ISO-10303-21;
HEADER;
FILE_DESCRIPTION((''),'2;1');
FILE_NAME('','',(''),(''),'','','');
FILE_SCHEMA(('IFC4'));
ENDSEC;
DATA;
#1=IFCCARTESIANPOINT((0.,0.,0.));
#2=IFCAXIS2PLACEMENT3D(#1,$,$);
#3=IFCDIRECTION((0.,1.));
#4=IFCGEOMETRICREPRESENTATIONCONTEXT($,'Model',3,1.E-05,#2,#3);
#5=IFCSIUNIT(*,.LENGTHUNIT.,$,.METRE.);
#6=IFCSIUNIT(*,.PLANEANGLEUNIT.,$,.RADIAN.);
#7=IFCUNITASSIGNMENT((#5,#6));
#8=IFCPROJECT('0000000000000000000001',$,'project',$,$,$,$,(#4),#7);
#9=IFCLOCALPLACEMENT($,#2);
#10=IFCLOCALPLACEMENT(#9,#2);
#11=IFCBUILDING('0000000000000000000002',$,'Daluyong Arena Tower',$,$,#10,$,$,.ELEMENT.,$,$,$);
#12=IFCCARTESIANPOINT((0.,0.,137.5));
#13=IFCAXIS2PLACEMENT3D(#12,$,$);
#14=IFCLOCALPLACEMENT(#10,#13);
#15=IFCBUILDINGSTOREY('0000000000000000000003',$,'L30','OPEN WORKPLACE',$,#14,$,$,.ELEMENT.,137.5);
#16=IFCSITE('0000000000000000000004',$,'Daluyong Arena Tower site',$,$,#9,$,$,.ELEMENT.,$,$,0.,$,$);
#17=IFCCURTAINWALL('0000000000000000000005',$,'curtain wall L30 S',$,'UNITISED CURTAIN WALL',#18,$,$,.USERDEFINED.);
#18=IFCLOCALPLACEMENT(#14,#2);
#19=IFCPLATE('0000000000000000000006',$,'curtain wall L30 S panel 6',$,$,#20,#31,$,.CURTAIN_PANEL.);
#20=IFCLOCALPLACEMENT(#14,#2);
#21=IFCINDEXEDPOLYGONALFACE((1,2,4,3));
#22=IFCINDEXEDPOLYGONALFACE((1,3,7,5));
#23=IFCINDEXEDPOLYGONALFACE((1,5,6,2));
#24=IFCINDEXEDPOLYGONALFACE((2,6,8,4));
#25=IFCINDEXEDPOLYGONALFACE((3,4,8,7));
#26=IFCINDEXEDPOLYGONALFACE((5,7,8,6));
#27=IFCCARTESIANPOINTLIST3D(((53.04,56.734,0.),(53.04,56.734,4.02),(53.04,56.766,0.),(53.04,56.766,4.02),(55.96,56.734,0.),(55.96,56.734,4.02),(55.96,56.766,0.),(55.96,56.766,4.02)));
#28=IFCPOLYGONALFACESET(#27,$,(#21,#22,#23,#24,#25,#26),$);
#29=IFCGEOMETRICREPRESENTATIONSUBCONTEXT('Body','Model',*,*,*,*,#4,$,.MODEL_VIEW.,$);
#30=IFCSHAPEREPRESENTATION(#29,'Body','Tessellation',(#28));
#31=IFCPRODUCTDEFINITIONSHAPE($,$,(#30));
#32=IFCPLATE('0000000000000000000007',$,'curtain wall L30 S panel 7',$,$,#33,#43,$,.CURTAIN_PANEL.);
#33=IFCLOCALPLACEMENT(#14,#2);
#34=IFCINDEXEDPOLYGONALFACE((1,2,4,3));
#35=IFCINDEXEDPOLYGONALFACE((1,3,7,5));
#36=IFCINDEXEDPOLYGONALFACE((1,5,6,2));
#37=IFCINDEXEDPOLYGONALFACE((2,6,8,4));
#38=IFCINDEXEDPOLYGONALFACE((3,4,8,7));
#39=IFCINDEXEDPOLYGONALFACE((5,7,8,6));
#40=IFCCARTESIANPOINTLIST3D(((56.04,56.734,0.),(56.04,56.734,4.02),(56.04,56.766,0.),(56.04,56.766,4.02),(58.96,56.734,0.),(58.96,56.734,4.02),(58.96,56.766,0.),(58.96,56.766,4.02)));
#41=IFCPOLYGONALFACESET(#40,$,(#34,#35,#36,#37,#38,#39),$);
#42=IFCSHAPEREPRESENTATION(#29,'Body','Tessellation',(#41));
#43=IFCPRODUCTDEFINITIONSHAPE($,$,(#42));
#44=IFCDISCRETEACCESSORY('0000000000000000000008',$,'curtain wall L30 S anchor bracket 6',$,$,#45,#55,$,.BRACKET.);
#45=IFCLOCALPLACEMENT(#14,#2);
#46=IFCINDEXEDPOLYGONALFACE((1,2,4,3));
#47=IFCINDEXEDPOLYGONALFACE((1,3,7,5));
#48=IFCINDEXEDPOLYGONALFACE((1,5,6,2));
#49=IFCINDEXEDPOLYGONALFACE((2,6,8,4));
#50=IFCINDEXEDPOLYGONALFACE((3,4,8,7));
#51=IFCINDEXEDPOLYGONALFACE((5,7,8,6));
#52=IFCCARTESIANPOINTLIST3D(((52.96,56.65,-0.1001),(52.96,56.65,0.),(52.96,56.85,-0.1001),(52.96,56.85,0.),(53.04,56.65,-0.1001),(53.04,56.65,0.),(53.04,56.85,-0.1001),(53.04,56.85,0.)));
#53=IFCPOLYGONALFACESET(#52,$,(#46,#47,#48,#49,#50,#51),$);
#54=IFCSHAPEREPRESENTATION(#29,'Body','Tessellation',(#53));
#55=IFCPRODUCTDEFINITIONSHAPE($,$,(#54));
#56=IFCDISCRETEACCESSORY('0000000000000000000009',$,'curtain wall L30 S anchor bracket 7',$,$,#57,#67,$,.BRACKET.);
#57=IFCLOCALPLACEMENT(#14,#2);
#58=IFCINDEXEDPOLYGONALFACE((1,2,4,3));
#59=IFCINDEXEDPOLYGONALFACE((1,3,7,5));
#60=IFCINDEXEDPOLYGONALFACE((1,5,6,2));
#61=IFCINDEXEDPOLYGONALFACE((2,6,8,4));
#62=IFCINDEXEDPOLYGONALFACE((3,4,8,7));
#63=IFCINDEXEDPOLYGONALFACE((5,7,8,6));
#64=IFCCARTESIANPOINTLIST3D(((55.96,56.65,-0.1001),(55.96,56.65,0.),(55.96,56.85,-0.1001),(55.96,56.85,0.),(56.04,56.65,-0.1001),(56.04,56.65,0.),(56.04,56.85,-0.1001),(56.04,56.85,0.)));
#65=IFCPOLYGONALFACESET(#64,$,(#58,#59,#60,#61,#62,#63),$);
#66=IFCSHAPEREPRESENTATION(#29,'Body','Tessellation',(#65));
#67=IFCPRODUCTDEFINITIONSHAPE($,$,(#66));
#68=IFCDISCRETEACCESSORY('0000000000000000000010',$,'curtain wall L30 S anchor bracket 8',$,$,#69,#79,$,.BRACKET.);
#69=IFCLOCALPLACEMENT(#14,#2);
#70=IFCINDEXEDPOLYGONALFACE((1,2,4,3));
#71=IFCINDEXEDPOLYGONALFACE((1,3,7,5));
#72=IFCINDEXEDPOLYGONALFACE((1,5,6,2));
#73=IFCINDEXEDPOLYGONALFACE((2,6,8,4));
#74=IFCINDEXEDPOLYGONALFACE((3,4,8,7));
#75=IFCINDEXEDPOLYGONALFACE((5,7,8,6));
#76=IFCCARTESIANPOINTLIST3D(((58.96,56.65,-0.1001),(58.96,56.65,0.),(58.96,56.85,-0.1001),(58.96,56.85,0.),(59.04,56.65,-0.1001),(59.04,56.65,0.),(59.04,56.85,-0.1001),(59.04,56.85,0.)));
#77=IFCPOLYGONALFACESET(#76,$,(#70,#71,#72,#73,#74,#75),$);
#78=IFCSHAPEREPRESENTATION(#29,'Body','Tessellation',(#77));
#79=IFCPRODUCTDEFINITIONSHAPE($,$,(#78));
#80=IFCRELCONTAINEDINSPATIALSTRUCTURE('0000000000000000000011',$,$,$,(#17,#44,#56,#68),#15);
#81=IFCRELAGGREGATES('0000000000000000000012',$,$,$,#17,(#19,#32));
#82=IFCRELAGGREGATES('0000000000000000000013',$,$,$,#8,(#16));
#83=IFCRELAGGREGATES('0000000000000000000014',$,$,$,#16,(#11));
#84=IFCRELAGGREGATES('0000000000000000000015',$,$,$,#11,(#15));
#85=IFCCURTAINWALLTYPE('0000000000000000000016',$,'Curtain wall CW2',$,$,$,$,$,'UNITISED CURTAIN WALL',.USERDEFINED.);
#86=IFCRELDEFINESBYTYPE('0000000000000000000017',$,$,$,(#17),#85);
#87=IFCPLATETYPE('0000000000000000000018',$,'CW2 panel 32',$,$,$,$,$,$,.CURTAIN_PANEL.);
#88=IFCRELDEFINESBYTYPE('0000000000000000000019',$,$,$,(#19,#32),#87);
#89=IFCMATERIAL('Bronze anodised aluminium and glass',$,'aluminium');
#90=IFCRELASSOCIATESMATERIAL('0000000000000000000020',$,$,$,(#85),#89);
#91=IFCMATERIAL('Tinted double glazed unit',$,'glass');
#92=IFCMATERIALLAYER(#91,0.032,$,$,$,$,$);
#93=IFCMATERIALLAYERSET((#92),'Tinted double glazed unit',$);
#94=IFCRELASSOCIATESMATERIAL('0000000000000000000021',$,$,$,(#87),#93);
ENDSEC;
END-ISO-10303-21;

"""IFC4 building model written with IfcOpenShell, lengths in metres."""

from ifc_helpers import new_model, si_unit, direction, frame, origin, origin_2d, place, context, subcontext, project, spatial, rectangle, extrude, material, layer, layer_set, type_object, element, aggregate, save


model = new_model("IFC4")

# Units and contexts
model_context = context("Model", 3, precision=1e-05, world=origin(), true_north=direction((0.0, 1.0)))
body_context = subcontext(model_context, "Body", "Model", "MODEL_VIEW")
ifc_project = project(units=[si_unit("LENGTHUNIT", "METRE"), si_unit("PLANEANGLEUNIT", "RADIAN")], contexts=[model_context])

# Site, building, storey
site_placement = place(None, origin())
site = spatial("IfcSite", under=ifc_project, at=site_placement, Name="Daluyong Arena Tower site", CompositionType="ELEMENT", RefElevation=0.0)
building_placement = place(site_placement, origin())
building = spatial("IfcBuilding", under=site, at=building_placement, Name="Daluyong Arena Tower", CompositionType="ELEMENT")
storey_placement = place(building_placement, frame((0.0, 0.0, 137.5)))
storey = spatial("IfcBuildingStorey", under=building, at=storey_placement, Name="L30", Description="OPEN WORKPLACE", CompositionType="ELEMENT", Elevation=137.5)

# Curtain wall
ifc_material_1 = material(Name="Bronze anodised aluminium and glass", Category="aluminium")
curtain_wall_type = type_object("IfcCurtainWallType", Name="Curtain wall CW2", ElementType="UNITISED CURTAIN WALL", PredefinedType="USERDEFINED", material=ifc_material_1)
curtain_wall_placement = place(storey_placement, origin())
curtain_wall = element("IfcCurtainWall", 1, at=curtain_wall_placement, inside=storey, type_object=curtain_wall_type, Name="curtain wall L30 S", ObjectType="UNITISED CURTAIN WALL", PredefinedType="USERDEFINED")

# Plates
ifc_material_2 = material(Name="Tinted double glazed unit", Category="glass")
ifc_layer = layer(ifc_material_2, 0.032)
ifc_layer_set = layer_set([ifc_layer], Name="Tinted double glazed unit")
plate_type = type_object("IfcPlateType", Name="CW2 panel 32", PredefinedType="CURTAIN_PANEL", material=ifc_layer_set)
plate_1_placement = place(storey_placement, frame((54.5, 56.75, 0.0), z_axis=(0.0, 0.0, 1.0), x_axis=(1.0, 0.0, 0.0)))
plate_1 = element("IfcPlate", 2, at=plate_1_placement, type_object=plate_type, Name="curtain wall L30 S panel 6", PredefinedType="CURTAIN_PANEL", context=body_context, shape_type="SweptSolid", body=[
    extrude(rectangle(XDim=2.9199, YDim=0.032, at=origin_2d()), origin(), (0.0, 0.0, 1.0), 4.02),
])
plate_2_placement = place(storey_placement, frame((57.5, 56.75, 0.0), z_axis=(0.0, 0.0, 1.0), x_axis=(1.0, 0.0, 0.0)))
plate_2 = element("IfcPlate", 3, at=plate_2_placement, type_object=plate_type, Name="curtain wall L30 S panel 7", PredefinedType="CURTAIN_PANEL", context=body_context, shape_type="SweptSolid", body=[
    extrude(rectangle(XDim=2.9199, YDim=0.032, at=origin_2d()), origin(), (0.0, 0.0, 1.0), 4.02),
])
aggregate(curtain_wall, [plate_1, plate_2])

# Discrete accessories
for number, where, z_axis, x_axis, name in (
    (4, (53.0, 56.75, -0.1001), (0.0, 0.0, 1.0), (1.0, 0.0, 0.0), "curtain wall L30 S anchor bracket 6"),
    (5, (56.0, 56.75, -0.1001), (0.0, 0.0, 1.0), (1.0, 0.0, 0.0), "curtain wall L30 S anchor bracket 7"),
    (6, (59.0, 56.75, -0.1001), (0.0, 0.0, 1.0), (1.0, 0.0, 0.0), "curtain wall L30 S anchor bracket 8"),
):
    element("IfcDiscreteAccessory", number, at=place(storey_placement, frame(where, z_axis=z_axis, x_axis=x_axis)), inside=storey, Name=name, PredefinedType="BRACKET", context=body_context, shape_type="SweptSolid", body=[
        extrude(rectangle(XDim=0.0801, YDim=0.2, at=origin_2d()), origin(), (0.0, 0.0, 1.0), 0.1001),
    ])

save(model, "model.ifc")
